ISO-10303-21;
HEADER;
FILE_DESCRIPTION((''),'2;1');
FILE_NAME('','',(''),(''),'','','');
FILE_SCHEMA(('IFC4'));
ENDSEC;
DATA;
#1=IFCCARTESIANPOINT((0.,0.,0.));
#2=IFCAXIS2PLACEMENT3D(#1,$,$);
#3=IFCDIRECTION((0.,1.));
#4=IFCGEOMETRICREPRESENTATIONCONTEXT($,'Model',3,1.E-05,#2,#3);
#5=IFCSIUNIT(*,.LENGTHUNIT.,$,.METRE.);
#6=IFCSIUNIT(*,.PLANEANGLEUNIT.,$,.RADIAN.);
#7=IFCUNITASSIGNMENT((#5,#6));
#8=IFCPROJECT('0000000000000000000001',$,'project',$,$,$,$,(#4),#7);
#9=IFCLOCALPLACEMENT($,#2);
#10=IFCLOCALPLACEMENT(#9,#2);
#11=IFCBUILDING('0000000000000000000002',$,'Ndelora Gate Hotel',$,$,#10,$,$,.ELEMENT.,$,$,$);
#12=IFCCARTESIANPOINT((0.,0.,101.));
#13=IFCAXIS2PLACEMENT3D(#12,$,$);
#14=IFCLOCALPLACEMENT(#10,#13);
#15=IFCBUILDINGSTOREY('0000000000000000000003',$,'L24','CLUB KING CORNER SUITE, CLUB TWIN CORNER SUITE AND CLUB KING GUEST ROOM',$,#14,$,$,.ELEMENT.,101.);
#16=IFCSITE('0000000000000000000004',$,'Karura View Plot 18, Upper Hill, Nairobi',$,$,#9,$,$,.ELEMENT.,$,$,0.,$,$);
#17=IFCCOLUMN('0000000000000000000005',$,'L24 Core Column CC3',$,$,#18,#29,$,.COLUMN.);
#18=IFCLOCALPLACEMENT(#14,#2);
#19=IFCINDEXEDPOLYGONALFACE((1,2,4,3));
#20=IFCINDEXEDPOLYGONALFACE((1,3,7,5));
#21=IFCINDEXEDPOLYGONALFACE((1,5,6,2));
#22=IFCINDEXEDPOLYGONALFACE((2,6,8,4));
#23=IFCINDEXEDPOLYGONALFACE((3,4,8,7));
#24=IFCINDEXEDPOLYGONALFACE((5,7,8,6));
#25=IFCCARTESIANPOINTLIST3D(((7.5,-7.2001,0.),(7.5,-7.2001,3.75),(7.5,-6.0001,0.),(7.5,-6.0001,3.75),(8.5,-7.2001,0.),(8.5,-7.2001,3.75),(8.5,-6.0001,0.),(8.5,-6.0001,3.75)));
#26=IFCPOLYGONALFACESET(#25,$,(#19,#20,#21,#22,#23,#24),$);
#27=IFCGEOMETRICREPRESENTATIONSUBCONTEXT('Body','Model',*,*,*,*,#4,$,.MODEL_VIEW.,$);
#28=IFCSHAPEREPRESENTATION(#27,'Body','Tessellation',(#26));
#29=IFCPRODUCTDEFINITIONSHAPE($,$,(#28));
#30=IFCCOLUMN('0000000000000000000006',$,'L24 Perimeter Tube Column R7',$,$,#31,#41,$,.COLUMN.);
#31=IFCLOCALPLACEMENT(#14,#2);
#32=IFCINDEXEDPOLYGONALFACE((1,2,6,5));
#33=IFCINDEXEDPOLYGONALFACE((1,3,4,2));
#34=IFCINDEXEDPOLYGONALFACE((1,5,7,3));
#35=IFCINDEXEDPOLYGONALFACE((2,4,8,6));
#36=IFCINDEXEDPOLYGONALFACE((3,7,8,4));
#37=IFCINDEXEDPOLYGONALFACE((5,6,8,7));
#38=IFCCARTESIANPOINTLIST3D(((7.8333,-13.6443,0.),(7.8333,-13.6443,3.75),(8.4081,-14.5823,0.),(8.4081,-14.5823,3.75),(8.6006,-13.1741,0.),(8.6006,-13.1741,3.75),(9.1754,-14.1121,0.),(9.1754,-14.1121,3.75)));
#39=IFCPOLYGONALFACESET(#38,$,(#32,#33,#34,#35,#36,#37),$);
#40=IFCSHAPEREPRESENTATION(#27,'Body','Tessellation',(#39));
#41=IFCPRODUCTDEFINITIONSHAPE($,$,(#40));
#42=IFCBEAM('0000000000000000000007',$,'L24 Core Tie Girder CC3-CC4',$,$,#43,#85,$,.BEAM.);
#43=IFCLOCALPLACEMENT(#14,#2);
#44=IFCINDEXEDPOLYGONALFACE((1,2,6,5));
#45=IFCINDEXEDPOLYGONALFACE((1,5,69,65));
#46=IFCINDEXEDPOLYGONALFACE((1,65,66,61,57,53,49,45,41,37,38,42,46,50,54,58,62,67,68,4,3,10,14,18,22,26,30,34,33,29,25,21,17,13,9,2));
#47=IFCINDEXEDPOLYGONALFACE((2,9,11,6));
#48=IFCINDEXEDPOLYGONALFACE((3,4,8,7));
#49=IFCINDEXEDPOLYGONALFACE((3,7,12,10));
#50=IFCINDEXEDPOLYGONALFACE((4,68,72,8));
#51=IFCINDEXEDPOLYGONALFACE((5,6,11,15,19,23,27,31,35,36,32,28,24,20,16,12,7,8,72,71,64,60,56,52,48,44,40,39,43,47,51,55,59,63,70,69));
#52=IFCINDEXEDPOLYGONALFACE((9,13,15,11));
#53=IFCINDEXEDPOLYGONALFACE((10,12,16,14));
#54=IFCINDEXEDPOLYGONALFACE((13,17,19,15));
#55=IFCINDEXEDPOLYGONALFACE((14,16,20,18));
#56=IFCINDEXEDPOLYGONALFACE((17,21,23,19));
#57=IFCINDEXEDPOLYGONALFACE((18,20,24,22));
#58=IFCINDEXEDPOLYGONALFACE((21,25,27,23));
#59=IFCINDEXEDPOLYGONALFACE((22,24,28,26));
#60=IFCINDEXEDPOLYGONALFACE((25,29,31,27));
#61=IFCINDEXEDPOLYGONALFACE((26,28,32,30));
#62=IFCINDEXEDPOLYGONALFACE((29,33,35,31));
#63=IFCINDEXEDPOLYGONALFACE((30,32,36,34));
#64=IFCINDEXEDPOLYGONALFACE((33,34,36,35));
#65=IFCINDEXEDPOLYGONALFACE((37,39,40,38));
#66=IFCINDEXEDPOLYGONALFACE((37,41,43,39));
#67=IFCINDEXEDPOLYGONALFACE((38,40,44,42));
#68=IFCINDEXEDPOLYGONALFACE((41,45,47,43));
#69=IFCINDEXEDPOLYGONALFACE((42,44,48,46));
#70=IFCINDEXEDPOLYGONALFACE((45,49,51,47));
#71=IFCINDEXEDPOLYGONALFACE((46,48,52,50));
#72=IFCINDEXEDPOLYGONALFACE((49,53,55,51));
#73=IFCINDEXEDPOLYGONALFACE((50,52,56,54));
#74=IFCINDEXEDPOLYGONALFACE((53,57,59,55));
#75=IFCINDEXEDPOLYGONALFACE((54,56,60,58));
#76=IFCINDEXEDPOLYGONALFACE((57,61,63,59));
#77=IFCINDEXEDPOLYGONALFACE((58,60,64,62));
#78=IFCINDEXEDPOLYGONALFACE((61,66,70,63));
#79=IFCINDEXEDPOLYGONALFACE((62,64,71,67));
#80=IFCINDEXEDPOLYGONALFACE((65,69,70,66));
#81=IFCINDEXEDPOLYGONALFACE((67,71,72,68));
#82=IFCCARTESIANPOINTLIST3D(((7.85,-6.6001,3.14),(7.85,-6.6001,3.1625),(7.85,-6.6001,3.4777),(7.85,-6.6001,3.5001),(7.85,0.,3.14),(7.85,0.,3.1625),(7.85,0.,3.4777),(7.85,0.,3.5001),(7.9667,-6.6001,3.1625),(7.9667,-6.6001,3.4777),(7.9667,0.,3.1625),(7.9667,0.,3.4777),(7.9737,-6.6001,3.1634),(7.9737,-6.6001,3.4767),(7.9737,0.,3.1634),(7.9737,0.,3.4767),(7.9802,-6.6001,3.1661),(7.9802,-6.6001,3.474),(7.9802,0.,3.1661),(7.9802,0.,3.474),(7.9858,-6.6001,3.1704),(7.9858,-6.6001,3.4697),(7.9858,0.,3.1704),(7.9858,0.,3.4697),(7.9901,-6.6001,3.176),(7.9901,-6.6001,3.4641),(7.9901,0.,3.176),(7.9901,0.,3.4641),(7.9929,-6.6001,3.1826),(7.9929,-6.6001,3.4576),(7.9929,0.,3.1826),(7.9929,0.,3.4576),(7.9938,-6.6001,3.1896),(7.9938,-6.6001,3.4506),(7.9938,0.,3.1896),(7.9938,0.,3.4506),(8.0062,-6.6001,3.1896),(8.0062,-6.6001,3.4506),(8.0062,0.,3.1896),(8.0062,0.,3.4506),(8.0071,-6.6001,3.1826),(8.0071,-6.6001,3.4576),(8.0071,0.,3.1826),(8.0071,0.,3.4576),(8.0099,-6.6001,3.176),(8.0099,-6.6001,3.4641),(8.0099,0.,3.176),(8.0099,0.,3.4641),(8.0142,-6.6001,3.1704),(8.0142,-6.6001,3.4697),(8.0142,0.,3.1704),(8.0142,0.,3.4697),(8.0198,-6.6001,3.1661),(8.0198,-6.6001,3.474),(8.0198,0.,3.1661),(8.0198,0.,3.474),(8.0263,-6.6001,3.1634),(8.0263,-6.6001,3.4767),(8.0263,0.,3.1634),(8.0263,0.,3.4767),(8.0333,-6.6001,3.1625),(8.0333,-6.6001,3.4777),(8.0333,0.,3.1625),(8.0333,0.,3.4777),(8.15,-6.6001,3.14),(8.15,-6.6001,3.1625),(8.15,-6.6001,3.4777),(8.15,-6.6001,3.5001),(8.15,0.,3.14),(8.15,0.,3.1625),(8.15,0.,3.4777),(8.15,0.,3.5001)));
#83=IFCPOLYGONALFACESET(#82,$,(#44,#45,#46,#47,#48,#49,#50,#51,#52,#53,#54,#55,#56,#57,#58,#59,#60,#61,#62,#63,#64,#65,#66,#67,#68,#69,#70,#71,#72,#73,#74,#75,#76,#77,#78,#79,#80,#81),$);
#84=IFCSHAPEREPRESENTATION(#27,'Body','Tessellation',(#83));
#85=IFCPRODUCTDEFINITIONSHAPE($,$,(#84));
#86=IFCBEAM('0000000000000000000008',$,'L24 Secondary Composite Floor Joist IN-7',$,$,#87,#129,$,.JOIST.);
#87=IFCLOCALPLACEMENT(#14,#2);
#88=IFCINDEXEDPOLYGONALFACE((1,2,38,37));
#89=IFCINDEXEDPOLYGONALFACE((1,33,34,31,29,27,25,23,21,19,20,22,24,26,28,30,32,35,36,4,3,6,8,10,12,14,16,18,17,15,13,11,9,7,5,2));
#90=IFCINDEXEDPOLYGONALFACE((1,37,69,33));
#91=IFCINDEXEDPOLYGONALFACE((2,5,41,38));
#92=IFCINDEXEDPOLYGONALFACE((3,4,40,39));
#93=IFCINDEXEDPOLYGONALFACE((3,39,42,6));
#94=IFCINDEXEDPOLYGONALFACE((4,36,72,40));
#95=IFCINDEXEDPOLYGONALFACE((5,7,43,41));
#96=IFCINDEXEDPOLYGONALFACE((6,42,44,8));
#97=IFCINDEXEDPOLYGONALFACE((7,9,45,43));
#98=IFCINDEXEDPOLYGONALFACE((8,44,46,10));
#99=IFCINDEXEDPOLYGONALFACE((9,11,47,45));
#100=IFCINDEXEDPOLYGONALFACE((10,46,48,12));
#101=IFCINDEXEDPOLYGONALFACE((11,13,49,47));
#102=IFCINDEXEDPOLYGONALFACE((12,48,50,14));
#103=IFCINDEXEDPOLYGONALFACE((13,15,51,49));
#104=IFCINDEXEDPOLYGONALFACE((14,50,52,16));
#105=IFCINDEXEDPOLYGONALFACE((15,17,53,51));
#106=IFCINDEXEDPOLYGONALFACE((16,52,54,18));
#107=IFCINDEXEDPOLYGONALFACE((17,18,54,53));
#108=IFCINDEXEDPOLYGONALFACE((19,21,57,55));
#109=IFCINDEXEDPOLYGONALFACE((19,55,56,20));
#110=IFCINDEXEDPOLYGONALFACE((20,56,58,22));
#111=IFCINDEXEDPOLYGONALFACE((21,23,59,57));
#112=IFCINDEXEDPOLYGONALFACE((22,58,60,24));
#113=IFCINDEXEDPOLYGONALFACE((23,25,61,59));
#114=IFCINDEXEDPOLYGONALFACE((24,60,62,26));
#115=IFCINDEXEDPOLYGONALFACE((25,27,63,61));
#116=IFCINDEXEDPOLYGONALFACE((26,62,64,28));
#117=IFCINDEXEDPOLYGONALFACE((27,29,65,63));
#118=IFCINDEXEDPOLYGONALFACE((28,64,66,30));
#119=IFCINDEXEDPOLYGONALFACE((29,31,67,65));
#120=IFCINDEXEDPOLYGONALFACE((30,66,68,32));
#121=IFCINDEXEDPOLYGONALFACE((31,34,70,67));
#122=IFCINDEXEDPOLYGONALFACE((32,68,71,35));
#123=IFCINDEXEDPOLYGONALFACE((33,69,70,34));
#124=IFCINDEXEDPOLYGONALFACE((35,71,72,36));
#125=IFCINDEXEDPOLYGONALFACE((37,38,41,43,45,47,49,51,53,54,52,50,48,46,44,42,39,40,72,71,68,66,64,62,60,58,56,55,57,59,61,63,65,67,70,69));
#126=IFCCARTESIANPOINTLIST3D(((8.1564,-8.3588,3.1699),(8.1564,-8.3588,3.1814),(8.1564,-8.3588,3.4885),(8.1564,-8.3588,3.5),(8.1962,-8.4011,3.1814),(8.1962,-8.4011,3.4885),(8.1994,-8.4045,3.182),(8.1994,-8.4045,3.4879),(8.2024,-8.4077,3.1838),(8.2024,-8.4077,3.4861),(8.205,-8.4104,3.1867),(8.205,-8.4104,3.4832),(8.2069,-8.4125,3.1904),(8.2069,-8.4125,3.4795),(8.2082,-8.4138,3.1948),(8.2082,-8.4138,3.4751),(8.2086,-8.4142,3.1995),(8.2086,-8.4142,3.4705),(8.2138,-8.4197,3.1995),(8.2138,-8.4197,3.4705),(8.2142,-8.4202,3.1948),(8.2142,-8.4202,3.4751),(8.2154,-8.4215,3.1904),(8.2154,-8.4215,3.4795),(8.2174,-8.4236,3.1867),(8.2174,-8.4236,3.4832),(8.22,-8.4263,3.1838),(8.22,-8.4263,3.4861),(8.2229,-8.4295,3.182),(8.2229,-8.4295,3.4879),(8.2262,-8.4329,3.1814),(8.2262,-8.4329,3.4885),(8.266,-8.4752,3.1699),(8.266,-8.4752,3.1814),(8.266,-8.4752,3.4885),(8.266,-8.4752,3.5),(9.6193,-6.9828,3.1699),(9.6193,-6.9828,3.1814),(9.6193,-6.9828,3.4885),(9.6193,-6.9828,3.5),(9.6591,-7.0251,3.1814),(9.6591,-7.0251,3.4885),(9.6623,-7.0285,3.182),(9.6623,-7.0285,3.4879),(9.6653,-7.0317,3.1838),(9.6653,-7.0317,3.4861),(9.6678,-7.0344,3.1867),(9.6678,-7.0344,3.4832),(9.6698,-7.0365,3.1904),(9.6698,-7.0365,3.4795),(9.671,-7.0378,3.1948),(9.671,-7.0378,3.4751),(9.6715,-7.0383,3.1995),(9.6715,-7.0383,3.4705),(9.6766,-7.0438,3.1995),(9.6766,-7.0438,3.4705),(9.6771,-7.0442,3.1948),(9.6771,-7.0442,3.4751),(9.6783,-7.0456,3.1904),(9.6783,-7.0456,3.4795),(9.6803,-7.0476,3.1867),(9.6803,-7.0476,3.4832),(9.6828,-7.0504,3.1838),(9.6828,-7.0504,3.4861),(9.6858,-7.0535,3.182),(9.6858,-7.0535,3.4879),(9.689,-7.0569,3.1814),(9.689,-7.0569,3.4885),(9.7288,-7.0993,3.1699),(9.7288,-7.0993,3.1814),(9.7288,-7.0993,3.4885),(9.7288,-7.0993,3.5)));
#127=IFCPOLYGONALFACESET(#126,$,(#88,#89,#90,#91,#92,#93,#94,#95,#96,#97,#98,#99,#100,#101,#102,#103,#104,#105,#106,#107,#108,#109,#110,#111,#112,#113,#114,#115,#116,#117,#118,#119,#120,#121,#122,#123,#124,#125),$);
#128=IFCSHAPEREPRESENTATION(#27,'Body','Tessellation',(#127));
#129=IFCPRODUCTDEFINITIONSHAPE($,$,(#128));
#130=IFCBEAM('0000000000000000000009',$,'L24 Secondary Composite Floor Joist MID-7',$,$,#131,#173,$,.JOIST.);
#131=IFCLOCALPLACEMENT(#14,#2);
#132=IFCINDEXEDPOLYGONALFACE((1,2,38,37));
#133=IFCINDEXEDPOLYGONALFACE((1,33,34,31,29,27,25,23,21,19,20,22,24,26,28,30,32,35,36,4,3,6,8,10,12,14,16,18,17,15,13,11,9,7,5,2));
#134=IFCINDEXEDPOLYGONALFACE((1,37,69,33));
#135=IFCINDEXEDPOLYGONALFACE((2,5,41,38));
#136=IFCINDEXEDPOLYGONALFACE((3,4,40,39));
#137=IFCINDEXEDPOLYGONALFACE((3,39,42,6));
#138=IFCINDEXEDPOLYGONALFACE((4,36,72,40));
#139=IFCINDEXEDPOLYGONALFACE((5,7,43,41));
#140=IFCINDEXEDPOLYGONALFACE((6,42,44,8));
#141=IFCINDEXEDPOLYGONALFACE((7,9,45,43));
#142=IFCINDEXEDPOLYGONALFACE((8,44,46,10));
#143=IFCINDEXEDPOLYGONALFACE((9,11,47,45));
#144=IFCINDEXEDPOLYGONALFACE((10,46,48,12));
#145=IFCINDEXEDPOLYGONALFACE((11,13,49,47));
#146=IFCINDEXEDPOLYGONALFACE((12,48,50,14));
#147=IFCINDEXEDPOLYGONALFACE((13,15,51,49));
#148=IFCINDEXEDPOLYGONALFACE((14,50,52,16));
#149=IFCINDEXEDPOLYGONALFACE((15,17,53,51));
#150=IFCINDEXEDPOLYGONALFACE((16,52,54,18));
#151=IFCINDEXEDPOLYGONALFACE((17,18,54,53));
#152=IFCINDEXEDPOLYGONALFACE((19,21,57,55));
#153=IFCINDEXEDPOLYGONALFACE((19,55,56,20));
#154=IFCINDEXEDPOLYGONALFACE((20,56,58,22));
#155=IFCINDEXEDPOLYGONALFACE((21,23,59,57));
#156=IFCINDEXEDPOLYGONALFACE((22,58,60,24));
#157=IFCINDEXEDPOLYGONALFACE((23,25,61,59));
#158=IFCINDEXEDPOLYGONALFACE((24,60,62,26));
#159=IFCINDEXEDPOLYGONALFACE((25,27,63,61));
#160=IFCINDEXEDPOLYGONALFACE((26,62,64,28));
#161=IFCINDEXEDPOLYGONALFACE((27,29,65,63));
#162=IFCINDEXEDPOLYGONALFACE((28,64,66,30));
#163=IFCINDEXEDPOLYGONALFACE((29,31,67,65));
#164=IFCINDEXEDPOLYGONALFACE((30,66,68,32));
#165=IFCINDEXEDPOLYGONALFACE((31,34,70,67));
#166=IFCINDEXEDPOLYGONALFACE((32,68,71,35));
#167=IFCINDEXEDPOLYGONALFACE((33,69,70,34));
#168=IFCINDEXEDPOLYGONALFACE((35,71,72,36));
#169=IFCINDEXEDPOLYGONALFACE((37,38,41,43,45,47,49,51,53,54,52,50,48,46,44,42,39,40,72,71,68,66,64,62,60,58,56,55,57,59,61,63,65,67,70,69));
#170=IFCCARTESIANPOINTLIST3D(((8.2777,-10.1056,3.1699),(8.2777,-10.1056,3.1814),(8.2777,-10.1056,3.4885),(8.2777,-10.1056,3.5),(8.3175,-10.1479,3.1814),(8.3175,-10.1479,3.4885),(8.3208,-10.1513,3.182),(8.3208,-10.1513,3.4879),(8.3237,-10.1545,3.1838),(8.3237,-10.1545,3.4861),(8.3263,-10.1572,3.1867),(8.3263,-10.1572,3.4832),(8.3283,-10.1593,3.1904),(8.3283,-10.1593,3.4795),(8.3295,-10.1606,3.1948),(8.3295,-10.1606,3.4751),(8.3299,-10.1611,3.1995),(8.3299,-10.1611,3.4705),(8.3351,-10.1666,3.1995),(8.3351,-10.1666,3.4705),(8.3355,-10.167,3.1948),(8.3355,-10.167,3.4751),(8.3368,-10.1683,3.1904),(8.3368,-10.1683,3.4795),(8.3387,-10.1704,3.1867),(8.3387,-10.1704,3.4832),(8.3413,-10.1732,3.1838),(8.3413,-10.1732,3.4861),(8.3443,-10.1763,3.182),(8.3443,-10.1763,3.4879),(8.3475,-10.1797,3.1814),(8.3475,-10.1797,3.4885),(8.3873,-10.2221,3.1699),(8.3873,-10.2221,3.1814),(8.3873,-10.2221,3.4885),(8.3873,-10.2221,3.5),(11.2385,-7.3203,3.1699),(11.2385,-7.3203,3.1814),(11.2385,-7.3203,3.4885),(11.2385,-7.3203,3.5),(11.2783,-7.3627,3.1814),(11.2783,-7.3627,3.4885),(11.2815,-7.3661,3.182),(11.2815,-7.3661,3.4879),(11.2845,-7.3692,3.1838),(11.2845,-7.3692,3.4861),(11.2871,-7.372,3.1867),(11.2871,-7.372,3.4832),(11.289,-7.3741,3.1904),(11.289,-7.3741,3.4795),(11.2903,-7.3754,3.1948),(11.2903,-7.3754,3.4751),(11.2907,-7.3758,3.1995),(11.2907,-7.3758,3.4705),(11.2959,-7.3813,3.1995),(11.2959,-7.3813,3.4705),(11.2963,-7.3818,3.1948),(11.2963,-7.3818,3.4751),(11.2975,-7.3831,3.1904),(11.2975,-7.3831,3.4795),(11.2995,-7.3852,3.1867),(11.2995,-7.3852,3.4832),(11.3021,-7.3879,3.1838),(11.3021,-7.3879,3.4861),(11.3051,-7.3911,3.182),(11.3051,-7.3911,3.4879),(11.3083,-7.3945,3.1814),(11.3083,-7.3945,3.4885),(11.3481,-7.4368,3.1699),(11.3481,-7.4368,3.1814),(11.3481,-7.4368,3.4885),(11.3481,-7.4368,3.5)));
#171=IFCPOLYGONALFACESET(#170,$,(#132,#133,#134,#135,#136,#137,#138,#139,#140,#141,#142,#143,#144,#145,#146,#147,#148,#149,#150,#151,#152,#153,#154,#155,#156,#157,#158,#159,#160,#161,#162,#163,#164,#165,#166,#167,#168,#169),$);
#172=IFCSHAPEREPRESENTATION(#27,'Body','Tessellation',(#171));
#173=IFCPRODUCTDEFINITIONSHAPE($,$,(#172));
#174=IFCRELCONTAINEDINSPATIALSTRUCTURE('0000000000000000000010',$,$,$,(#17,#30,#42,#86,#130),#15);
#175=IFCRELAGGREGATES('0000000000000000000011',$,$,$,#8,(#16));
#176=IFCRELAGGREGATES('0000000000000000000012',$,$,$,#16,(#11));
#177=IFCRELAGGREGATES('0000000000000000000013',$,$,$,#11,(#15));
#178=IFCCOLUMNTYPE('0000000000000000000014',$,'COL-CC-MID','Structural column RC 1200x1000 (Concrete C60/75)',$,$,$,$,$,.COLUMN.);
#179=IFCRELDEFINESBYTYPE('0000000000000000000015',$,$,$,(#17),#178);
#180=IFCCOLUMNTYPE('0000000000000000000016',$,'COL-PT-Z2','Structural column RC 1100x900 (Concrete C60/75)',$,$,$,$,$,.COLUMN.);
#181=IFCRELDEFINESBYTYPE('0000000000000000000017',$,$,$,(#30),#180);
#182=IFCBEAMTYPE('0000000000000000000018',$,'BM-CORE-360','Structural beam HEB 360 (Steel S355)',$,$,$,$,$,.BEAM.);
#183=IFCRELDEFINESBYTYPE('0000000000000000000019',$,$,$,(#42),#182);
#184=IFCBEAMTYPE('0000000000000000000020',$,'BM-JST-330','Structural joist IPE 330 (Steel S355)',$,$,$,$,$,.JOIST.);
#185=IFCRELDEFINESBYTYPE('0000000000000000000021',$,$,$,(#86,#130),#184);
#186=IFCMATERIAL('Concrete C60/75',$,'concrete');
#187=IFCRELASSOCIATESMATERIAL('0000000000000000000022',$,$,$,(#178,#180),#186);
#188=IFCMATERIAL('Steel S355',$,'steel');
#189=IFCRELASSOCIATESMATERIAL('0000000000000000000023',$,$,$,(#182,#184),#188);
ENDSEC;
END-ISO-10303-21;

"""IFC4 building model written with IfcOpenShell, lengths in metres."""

from ifc_helpers import new_model, si_unit, direction, frame, origin, origin_2d, place, context, subcontext, project, spatial, rectangle, i_section, extrude, material, material_profile, profile_set, type_object, element, save


model = new_model("IFC4")

# Units and contexts
model_context = context("Model", 3, precision=1e-05, world=origin(), true_north=direction((0.0, 1.0)))
body_context = subcontext(model_context, "Body", "Model", "MODEL_VIEW")
ifc_project = project(units=[si_unit("LENGTHUNIT", "METRE"), si_unit("PLANEANGLEUNIT", "RADIAN")], contexts=[model_context])

# Site, building, storey
site_placement = place(None, origin())
site = spatial("IfcSite", under=ifc_project, at=site_placement, Name="Karura View Plot 18, Upper Hill, Nairobi", CompositionType="ELEMENT", RefElevation=0.0)
building_placement = place(site_placement, origin())
building = spatial("IfcBuilding", under=site, at=building_placement, Name="Ndelora Gate Hotel", CompositionType="ELEMENT")
storey_placement = place(building_placement, frame((0.0, 0.0, 101.0)))
storey = spatial("IfcBuildingStorey", under=building, at=storey_placement, Name="L24", Description="CLUB KING CORNER SUITE, CLUB TWIN CORNER SUITE AND CLUB KING GUEST ROOM", CompositionType="ELEMENT", Elevation=101.0)

# Columns
ifc_material_1 = material(Name="Concrete C60/75", Category="concrete")
ifc_material_profile_1 = material_profile(ifc_material_1, rectangle(XDim=1.0, YDim=1.2, at=origin_2d()), Name="RC 1200x1000")
ifc_profile_set_1 = profile_set([ifc_material_profile_1], Name="Concrete C60/75")
column_type_1 = type_object("IfcColumnType", Name="COL-CC-MID", Description="Structural column RC 1200x1000 (Concrete C60/75)", PredefinedType="COLUMN", material=ifc_profile_set_1)
column_1_placement = place(storey_placement, frame((8.0, -6.6001, 0.0), z_axis=(0.0, 0.0, 1.0), x_axis=(1.0, 0.0, 0.0)))
element("IfcColumn", 1, at=column_1_placement, inside=storey, type_object=column_type_1, Name="L24 Core Column CC3", PredefinedType="COLUMN", context=body_context, shape_type="SweptSolid", body=[
    extrude(rectangle(XDim=1.0, YDim=1.2, at=origin_2d()), origin(), (0.0, 0.0, 1.0), 3.75),
])
ifc_material_profile_2 = material_profile(ifc_material_1, rectangle(XDim=0.8999, YDim=1.1001, at=origin_2d()), Name="RC 1100x900")
ifc_profile_set_2 = profile_set([ifc_material_profile_2], Name="Concrete C60/75")
column_type_2 = type_object("IfcColumnType", Name="COL-PT-Z2", Description="Structural column RC 1100x900 (Concrete C60/75)", PredefinedType="COLUMN", material=ifc_profile_set_2)
column_2_placement = place(storey_placement, frame((8.5044, -13.8782, 0.0), z_axis=(0.0, 0.0, 1.0), x_axis=(0.85264, 0.522499, 0.0)))
element("IfcColumn", 2, at=column_2_placement, inside=storey, type_object=column_type_2, Name="L24 Perimeter Tube Column R7", PredefinedType="COLUMN", context=body_context, shape_type="SweptSolid", body=[
    extrude(rectangle(XDim=0.8999, YDim=1.1001, at=origin_2d()), origin(), (0.0, 0.0, 1.0), 3.75),
])

# Beams
ifc_material_2 = material(Name="Steel S355", Category="steel")
ifc_material_profile_3 = material_profile(ifc_material_2, i_section(OverallWidth=0.3, OverallDepth=0.3601, WebThickness=0.0125, FlangeThickness=0.0225, FilletRadius=0.0271, at=origin_2d()), Name="HEB 360")
ifc_profile_set_3 = profile_set([ifc_material_profile_3], Name="Steel S355")
beam_type_1 = type_object("IfcBeamType", Name="BM-CORE-360", Description="Structural beam HEB 360 (Steel S355)", PredefinedType="BEAM", material=ifc_profile_set_3)
beam_1_placement = place(storey_placement, frame((8.0, -6.6001, 3.3201), z_axis=(0.0, 1.0, 0.0), x_axis=(-1.0, 0.0, 0.0)))
element("IfcBeam", 3, at=beam_1_placement, inside=storey, type_object=beam_type_1, Name="L24 Core Tie Girder CC3-CC4", PredefinedType="BEAM", context=body_context, shape_type="SweptSolid", body=[
    extrude(i_section(OverallWidth=0.3, OverallDepth=0.3601, WebThickness=0.0125, FlangeThickness=0.0225, FilletRadius=0.0271, at=origin_2d()), origin(), (0.0, 0.0, 1.0), 6.6001),
])
ifc_material_profile_4 = material_profile(ifc_material_2, i_section(OverallWidth=0.1599, OverallDepth=0.3301, WebThickness=0.0076, FlangeThickness=0.0115, FilletRadius=0.0181, at=origin_2d()), Name="IPE 330")
ifc_profile_set_4 = profile_set([ifc_material_profile_4], Name="Steel S355")
beam_type_2 = type_object("IfcBeamType", Name="BM-JST-330", Description="Structural joist IPE 330 (Steel S355)", PredefinedType="JOIST", material=ifc_profile_set_4)
beam_2_placement = place(storey_placement, frame((8.2112, -8.417, 3.335), z_axis=(0.728414, 0.685137, 0.0), x_axis=(-0.685137, 0.728414, 0.0)))
element("IfcBeam", 4, at=beam_2_placement, inside=storey, type_object=beam_type_2, Name="L24 Secondary Composite Floor Joist IN-7", PredefinedType="JOIST", context=body_context, shape_type="SweptSolid", body=[
    extrude(i_section(OverallWidth=0.1599, OverallDepth=0.3301, WebThickness=0.0076, FlangeThickness=0.0115, FilletRadius=0.0181, at=origin_2d()), origin(), (0.0, 0.0, 1.0), 2.0083),
])
beam_3_placement = place(storey_placement, frame((8.3325, -10.1638, 3.335), z_axis=(0.728369, 0.685185, 0.0), x_axis=(-0.685185, 0.728369, 0.0)))
element("IfcBeam", 5, at=beam_3_placement, inside=storey, type_object=beam_type_2, Name="L24 Secondary Composite Floor Joist MID-7", PredefinedType="JOIST", context=body_context, shape_type="SweptSolid", body=[
    extrude(i_section(OverallWidth=0.1599, OverallDepth=0.3301, WebThickness=0.0076, FlangeThickness=0.0115, FilletRadius=0.0181, at=origin_2d()), origin(), (0.0, 0.0, 1.0), 4.0649),
])

save(model, "model.ifc")
